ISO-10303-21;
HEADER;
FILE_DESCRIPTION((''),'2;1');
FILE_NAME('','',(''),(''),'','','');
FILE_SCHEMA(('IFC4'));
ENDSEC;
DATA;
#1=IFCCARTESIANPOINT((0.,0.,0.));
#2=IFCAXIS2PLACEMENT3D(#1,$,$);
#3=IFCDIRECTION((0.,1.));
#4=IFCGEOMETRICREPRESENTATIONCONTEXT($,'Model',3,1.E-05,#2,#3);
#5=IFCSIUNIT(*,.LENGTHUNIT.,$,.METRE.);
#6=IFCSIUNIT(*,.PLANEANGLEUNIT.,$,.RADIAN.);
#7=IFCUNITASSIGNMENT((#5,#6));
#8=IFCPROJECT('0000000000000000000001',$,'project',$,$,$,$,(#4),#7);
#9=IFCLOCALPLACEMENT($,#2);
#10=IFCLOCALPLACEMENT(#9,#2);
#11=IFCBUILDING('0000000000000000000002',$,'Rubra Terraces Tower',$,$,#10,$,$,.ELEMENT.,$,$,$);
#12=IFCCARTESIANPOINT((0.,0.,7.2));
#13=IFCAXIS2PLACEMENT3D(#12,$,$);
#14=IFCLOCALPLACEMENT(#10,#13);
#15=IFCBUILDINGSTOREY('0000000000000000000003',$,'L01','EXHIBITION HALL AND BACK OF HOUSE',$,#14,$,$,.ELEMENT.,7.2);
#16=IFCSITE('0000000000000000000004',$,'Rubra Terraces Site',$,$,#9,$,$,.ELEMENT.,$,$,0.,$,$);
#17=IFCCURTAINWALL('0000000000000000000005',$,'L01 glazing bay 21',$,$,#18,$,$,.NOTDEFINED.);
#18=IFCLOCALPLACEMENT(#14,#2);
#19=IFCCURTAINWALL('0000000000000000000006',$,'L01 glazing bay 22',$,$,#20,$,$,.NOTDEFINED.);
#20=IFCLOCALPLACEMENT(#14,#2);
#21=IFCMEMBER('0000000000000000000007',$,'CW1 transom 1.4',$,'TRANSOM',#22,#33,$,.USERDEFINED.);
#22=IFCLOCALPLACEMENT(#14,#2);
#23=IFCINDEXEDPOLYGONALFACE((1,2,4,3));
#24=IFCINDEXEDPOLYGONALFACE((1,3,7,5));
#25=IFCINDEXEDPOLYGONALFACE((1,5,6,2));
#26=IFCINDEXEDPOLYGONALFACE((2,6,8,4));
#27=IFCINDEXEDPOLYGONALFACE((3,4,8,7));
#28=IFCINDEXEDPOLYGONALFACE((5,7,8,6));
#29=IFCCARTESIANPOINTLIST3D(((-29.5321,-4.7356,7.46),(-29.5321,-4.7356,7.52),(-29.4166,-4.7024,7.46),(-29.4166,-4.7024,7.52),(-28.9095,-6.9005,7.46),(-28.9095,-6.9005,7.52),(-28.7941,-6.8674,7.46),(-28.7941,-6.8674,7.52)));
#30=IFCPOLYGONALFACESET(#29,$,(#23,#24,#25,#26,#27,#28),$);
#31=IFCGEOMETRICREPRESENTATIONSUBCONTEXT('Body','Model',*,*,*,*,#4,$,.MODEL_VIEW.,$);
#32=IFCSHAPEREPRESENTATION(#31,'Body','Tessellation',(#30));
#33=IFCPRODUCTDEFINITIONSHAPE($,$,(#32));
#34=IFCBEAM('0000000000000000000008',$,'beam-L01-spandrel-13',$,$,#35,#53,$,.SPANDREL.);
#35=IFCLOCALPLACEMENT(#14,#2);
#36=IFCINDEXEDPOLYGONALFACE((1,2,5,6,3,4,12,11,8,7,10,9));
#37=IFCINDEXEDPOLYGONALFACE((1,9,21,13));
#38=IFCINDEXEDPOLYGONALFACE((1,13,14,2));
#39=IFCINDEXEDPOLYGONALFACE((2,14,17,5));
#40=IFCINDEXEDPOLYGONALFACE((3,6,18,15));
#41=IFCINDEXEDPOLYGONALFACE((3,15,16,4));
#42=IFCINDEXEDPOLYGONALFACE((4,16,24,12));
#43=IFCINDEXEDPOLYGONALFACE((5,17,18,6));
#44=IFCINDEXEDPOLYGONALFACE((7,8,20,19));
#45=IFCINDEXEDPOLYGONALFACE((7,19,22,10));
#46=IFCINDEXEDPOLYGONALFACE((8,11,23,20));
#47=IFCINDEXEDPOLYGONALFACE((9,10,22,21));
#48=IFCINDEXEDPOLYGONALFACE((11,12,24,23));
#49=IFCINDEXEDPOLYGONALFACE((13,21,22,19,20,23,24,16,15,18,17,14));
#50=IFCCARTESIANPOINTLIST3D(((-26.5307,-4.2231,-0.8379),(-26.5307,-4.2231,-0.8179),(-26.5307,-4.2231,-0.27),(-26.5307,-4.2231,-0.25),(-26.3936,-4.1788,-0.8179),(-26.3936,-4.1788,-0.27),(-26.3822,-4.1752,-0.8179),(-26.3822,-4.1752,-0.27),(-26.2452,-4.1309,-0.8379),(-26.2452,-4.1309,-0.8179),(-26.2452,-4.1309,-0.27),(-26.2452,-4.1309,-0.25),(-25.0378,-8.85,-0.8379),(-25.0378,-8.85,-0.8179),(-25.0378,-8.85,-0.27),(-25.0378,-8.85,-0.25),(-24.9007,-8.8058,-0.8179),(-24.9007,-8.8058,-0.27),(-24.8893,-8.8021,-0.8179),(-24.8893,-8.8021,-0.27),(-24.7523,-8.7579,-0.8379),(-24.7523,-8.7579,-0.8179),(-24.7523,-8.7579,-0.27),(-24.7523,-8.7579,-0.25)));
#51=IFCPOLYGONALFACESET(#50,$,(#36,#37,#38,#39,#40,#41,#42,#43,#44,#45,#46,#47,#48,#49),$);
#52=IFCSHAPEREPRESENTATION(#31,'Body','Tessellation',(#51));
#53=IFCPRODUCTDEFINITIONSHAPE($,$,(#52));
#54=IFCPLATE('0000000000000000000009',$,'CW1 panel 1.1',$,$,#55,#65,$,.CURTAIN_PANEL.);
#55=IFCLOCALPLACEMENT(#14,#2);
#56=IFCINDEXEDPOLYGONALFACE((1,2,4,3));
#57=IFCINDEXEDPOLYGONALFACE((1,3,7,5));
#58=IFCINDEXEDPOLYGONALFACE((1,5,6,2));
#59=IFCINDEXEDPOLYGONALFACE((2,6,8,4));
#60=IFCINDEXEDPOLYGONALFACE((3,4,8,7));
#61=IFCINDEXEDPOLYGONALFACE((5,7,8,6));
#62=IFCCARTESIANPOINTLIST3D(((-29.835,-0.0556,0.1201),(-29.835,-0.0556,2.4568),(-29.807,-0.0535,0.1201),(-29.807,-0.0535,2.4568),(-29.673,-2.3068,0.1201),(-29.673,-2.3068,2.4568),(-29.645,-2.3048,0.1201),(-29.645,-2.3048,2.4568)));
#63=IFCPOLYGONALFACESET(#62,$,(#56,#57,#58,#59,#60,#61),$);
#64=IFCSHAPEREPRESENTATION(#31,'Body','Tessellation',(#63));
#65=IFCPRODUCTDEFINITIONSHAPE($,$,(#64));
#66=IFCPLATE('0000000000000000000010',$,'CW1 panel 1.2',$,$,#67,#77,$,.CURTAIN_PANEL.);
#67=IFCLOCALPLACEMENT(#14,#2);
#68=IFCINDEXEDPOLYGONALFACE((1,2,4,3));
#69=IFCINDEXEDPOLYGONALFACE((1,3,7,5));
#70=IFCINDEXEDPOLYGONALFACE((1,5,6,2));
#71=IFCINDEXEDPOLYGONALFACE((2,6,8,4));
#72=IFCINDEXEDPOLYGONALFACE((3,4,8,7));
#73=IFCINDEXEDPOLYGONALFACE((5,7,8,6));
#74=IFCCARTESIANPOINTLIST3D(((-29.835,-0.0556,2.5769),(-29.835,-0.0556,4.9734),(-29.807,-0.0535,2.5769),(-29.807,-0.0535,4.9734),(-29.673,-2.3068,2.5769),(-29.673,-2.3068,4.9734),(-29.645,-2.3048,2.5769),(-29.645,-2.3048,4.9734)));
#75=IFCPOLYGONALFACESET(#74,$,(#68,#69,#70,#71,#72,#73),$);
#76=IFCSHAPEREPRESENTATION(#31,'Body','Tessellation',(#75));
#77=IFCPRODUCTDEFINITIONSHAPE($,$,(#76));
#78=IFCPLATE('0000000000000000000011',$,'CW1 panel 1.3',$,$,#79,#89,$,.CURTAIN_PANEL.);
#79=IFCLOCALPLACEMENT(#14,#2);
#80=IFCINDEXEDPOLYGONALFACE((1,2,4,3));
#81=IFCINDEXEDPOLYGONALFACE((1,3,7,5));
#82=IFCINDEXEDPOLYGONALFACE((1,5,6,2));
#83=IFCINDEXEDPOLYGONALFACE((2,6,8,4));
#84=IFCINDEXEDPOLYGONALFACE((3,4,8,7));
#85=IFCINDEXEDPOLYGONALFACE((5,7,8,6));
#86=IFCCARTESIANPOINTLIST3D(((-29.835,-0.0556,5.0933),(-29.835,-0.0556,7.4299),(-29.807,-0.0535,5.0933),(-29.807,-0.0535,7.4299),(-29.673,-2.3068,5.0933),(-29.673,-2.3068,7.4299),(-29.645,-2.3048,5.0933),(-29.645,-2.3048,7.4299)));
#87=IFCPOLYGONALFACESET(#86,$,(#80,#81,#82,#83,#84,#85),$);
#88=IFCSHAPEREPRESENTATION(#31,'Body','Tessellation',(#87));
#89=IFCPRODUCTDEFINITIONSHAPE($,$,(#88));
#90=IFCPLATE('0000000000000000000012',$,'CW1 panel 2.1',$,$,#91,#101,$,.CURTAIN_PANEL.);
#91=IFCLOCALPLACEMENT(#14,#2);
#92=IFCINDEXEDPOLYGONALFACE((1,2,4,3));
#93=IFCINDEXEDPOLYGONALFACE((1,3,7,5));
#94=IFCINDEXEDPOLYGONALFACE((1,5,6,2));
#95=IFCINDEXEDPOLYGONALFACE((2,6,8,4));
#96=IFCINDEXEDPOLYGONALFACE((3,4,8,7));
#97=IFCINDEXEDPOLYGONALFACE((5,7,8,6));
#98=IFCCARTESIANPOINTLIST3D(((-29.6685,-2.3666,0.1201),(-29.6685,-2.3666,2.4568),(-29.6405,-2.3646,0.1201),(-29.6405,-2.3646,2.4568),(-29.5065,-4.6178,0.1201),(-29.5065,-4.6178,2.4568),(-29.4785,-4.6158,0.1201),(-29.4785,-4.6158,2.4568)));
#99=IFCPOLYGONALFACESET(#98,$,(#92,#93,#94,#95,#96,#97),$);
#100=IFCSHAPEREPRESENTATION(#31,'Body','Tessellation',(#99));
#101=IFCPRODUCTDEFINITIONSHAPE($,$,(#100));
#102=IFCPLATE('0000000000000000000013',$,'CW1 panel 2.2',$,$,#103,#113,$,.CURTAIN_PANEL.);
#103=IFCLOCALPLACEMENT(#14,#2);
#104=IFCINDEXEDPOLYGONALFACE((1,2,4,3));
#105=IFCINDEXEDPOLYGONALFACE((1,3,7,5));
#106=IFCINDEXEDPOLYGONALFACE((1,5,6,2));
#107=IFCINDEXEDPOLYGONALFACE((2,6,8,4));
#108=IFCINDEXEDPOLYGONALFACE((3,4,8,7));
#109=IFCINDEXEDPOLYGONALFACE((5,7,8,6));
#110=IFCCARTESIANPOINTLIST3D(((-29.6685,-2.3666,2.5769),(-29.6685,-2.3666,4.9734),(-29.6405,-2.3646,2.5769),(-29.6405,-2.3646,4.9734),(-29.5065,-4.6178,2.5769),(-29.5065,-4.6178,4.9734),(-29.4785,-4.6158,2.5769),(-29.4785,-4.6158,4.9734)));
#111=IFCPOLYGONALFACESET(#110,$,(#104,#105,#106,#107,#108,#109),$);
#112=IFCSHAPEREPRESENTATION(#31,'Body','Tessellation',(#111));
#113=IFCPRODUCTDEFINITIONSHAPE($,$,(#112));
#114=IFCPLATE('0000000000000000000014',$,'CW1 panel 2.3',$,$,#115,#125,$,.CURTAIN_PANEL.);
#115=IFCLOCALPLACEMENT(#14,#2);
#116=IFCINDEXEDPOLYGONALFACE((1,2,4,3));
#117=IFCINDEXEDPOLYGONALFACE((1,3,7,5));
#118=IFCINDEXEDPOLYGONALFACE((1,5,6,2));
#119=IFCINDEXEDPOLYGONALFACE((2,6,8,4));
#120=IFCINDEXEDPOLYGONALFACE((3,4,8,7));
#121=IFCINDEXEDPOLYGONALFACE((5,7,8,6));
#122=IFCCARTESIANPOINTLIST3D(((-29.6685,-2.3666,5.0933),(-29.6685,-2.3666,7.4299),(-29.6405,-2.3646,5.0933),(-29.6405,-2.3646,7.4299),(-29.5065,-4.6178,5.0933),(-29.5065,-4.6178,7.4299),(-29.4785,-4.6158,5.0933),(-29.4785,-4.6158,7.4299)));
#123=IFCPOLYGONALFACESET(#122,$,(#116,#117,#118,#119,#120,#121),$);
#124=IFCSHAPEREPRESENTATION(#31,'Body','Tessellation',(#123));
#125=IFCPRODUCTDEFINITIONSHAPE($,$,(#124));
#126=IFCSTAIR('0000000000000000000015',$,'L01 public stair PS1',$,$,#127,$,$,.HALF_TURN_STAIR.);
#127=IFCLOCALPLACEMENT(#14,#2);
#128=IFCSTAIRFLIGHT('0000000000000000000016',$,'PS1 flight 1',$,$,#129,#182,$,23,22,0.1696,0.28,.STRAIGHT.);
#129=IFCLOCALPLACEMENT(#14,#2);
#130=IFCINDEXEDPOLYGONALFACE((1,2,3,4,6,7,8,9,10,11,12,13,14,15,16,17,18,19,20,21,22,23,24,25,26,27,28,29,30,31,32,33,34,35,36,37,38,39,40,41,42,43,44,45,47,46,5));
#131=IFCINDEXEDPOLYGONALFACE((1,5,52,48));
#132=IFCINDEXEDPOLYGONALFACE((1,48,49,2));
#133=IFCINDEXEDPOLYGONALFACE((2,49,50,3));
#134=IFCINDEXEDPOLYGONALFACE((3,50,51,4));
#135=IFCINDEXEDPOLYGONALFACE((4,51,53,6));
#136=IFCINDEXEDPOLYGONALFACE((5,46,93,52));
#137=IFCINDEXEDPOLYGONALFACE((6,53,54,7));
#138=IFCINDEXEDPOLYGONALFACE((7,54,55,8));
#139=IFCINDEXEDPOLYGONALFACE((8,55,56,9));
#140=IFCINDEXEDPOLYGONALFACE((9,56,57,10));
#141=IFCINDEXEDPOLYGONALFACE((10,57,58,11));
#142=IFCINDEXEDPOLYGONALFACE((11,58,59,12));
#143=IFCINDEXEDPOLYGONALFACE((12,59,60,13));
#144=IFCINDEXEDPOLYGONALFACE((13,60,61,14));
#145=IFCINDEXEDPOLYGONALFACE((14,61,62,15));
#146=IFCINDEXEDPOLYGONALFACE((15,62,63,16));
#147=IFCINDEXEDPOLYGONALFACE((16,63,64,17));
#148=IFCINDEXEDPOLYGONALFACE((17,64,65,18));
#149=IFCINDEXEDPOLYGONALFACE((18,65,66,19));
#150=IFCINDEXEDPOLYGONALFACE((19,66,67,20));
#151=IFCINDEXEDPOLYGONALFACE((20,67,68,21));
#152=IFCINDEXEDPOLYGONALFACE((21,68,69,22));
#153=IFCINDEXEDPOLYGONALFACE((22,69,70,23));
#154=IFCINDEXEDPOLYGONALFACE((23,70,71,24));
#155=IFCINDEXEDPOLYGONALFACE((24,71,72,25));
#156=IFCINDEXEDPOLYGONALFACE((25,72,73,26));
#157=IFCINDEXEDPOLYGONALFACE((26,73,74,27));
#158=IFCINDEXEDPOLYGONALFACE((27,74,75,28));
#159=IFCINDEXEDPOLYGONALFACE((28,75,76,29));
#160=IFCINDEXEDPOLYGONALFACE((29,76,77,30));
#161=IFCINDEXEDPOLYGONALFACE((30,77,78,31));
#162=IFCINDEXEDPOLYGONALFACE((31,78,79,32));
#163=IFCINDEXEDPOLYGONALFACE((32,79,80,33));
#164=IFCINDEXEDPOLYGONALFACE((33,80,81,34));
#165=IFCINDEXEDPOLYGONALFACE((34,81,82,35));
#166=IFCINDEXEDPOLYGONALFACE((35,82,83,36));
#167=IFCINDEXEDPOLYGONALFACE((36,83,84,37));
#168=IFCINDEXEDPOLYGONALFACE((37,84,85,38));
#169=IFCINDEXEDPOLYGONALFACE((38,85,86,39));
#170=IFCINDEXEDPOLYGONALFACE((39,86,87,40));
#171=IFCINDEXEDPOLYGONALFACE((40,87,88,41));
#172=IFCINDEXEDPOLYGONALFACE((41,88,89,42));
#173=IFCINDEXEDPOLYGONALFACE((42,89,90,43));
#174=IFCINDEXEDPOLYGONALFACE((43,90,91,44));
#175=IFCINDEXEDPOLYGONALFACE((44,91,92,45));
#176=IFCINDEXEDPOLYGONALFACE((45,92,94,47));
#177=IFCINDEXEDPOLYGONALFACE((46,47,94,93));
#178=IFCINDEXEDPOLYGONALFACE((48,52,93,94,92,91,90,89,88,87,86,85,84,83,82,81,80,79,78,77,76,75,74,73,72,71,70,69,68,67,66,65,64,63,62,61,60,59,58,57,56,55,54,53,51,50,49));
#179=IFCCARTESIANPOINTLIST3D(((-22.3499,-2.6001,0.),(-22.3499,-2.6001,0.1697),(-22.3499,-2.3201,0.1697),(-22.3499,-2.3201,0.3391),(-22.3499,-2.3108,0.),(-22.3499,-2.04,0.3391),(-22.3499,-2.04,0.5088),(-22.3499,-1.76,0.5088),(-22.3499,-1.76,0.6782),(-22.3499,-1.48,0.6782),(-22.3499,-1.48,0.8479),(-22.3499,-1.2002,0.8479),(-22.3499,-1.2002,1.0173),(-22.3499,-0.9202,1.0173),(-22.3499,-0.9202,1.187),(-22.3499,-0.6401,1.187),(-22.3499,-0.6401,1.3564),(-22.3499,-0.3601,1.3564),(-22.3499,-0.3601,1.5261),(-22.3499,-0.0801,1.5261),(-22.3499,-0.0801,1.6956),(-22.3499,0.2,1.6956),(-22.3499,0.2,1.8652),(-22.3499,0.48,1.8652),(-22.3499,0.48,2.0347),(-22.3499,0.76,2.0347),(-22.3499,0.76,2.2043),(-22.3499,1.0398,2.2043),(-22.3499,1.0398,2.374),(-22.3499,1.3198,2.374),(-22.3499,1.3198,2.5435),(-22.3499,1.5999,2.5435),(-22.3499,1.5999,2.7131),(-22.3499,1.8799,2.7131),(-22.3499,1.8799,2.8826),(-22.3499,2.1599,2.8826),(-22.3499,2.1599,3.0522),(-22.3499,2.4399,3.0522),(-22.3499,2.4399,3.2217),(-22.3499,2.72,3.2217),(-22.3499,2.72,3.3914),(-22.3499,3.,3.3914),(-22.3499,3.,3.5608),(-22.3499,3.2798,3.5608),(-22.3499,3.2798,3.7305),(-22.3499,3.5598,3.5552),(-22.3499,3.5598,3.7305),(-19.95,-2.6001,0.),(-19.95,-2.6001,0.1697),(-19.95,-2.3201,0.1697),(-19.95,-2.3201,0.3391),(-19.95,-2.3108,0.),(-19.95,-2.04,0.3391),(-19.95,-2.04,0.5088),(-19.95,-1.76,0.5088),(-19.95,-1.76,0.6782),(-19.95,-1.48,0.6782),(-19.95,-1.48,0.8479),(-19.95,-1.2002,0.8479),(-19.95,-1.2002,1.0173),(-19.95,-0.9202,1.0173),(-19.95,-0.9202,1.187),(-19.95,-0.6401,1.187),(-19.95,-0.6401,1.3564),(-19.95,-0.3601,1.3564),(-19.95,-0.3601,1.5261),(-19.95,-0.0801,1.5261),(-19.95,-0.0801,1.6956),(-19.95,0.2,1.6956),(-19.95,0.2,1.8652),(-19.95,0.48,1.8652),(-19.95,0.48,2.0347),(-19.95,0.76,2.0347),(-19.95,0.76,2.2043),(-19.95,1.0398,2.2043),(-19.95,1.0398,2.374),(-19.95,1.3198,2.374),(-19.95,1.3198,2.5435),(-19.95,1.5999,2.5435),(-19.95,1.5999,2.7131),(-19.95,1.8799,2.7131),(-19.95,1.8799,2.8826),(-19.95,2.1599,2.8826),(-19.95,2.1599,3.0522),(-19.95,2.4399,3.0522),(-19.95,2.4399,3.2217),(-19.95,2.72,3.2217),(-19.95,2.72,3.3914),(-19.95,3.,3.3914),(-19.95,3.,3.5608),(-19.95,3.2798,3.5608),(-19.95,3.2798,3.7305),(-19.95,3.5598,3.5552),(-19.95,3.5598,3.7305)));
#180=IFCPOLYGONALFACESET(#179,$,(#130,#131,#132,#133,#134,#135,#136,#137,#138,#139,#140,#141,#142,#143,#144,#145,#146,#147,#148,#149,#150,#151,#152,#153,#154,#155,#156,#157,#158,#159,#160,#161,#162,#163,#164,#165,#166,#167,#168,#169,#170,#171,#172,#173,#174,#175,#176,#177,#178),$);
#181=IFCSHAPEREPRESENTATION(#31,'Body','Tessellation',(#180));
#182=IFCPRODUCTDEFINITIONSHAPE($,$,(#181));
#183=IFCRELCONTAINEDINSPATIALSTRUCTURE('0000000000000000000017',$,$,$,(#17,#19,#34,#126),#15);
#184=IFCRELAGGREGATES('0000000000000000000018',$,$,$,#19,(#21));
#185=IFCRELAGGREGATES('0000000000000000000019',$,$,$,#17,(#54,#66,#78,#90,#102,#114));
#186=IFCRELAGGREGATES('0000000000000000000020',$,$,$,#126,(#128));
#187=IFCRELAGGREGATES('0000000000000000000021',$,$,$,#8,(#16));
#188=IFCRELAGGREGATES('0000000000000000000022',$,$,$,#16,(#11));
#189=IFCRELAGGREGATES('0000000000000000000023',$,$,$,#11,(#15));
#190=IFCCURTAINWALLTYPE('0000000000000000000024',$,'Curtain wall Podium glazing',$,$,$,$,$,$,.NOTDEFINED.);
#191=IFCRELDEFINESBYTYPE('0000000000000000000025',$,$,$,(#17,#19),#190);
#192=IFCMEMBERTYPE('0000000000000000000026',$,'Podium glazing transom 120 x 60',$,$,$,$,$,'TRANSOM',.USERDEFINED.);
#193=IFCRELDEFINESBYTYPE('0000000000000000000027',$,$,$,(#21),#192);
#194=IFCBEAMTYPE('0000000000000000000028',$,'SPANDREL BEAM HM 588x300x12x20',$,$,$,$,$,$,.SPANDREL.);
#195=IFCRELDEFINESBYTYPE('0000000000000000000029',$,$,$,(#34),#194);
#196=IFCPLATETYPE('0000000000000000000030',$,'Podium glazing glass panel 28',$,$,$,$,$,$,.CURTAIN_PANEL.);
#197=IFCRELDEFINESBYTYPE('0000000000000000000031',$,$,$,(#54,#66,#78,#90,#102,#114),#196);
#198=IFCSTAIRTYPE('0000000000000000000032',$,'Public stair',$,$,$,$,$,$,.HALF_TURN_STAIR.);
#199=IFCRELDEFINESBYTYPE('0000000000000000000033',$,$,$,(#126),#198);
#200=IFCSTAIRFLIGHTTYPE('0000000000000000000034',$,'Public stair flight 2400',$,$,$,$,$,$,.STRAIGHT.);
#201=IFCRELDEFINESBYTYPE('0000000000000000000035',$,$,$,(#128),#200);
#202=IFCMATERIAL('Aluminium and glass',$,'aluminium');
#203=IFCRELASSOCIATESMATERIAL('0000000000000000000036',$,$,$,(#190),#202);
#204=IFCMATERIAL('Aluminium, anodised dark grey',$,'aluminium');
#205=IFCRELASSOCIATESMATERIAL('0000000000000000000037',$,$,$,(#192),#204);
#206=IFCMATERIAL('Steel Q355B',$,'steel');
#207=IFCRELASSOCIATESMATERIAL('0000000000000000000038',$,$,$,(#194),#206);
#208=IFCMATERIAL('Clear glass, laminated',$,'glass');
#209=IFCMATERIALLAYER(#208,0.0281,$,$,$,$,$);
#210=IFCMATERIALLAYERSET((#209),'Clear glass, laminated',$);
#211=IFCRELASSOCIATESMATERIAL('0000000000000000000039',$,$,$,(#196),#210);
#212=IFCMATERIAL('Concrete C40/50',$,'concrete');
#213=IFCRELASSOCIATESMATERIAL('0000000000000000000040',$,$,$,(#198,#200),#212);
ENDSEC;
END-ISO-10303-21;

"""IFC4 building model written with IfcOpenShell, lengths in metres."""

from ifc_helpers import new_model, si_unit, direction, frame, origin, origin_2d, place, context, subcontext, project, spatial, polyline, rectangle, i_section, outline, extrude, material, layer, layer_set, material_profile, profile_set, type_object, element, aggregate, save


model = new_model("IFC4")

# Units and contexts
model_context = context("Model", 3, precision=1e-05, world=origin(), true_north=direction((0.0, 1.0)))
body_context = subcontext(model_context, "Body", "Model", "MODEL_VIEW")
ifc_project = project(units=[si_unit("LENGTHUNIT", "METRE"), si_unit("PLANEANGLEUNIT", "RADIAN")], contexts=[model_context])

# Site, building, storey
site_placement = place(None, origin())
site = spatial("IfcSite", under=ifc_project, at=site_placement, Name="Rubra Terraces Site", CompositionType="ELEMENT", RefElevation=0.0)
building_placement = place(site_placement, origin())
building = spatial("IfcBuilding", under=site, at=building_placement, Name="Rubra Terraces Tower", CompositionType="ELEMENT")
storey_placement = place(building_placement, frame((0.0, 0.0, 7.2)))
storey = spatial("IfcBuildingStorey", under=building, at=storey_placement, Name="L01", Description="EXHIBITION HALL AND BACK OF HOUSE", CompositionType="ELEMENT", Elevation=7.2)

# Shared definitions
ifc_material_1 = material(Name="Steel Q355B", Category="steel")

# Curtain walls
ifc_material_2 = material(Name="Aluminium and glass", Category="aluminium")
curtain_wall_type = type_object("IfcCurtainWallType", Name="Curtain wall Podium glazing", PredefinedType="NOTDEFINED", material=ifc_material_2)
curtain_wall_1_placement = place(storey_placement, origin())
curtain_wall_1 = element("IfcCurtainWall", 1, at=curtain_wall_1_placement, inside=storey, type_object=curtain_wall_type, Name="L01 glazing bay 21", PredefinedType="NOTDEFINED")
ifc_material_3 = material(Name="Aluminium, anodised dark grey", Category="aluminium")
curtain_wall_2_placement = place(storey_placement, origin())
curtain_wall_2 = element("IfcCurtainWall", 2, at=curtain_wall_2_placement, inside=storey, type_object=curtain_wall_type, Name="L01 glazing bay 22", PredefinedType="NOTDEFINED")

# Member
ifc_material_profile_1 = material_profile(ifc_material_3, rectangle(XDim=0.1201, YDim=0.0601, at=origin_2d()), Name="AL 120x60")
ifc_profile_set_1 = profile_set([ifc_material_profile_1], Name="Aluminium, anodised dark grey")
member_type_1 = type_object("IfcMemberType", Name="Podium glazing transom 120 x 60", ElementType="TRANSOM", PredefinedType="USERDEFINED", material=ifc_profile_set_1)
member_1_placement = place(storey_placement, frame((-29.4744, -4.719, 7.49), z_axis=(0.276352, -0.961056, 0.0), x_axis=(0.961056, 0.276352, 0.0)))
member_1 = element("IfcMember", 3, at=member_1_placement, type_object=member_type_1, Name="CW1 transom 1.4", ObjectType="TRANSOM", PredefinedType="USERDEFINED", context=body_context, shape_type="SweptSolid", body=[
    extrude(rectangle(XDim=0.1201, YDim=0.0601, at=origin_2d()), origin(), (0.0, 0.0, 1.0), 2.2527),
])
aggregate(curtain_wall_2, [member_1])

# Beam
ifc_material_profile_2 = material_profile(ifc_material_1, i_section(OverallWidth=0.3, OverallDepth=0.5879, WebThickness=0.012, FlangeThickness=0.02, at=origin_2d()), Name="HM 588x300x12x20")
ifc_profile_set_2 = profile_set([ifc_material_profile_2], Name="Steel Q355B")
beam_type_1 = type_object("IfcBeamType", Name="SPANDREL BEAM HM 588x300x12x20", PredefinedType="SPANDREL", material=ifc_profile_set_2)
beam_1_placement = place(storey_placement, frame((-26.3879, -4.177, -0.5439), z_axis=(0.307069, -0.951687, 0.0), x_axis=(0.951687, 0.307069, 0.0)))
element("IfcBeam", 4, at=beam_1_placement, inside=storey, type_object=beam_type_1, Name="beam-L01-spandrel-13", PredefinedType="SPANDREL", context=body_context, shape_type="SweptSolid", body=[
    extrude(i_section(OverallWidth=0.3, OverallDepth=0.5879, WebThickness=0.012, FlangeThickness=0.02, at=origin_2d()), origin(), (0.0, 0.0, 1.0), 4.8618),
])

# Plates
ifc_material_4 = material(Name="Clear glass, laminated", Category="glass")
ifc_layer = layer(ifc_material_4, 0.0281)
ifc_layer_set = layer_set([ifc_layer], Name="Clear glass, laminated")
plate_type = type_object("IfcPlateType", Name="Podium glazing glass panel 28", PredefinedType="CURTAIN_PANEL", material=ifc_layer_set)
plate_1_placement = place(storey_placement, frame((-29.74, -1.1802, 0.1201), z_axis=(0.0, 0.0, 1.0), x_axis=(0.071792, -0.99742, 0.0)))
plate_1 = element("IfcPlate", 5, at=plate_1_placement, type_object=plate_type, Name="CW1 panel 1.1", PredefinedType="CURTAIN_PANEL", context=body_context, shape_type="SweptSolid", body=[
    extrude(rectangle(XDim=2.2571, YDim=0.0281, at=origin_2d()), origin(), (0.0, 0.0, 1.0), 2.3367),
])
plate_2_placement = place(storey_placement, frame((-29.74, -1.1802, 2.5769), z_axis=(0.0, 0.0, 1.0), x_axis=(0.071792, -0.99742, 0.0)))
plate_2 = element("IfcPlate", 6, at=plate_2_placement, type_object=plate_type, Name="CW1 panel 1.2", PredefinedType="CURTAIN_PANEL", context=body_context, shape_type="SweptSolid", body=[
    extrude(rectangle(XDim=2.2571, YDim=0.0281, at=origin_2d()), origin(), (0.0, 0.0, 1.0), 2.3965),
])
plate_3_placement = place(storey_placement, frame((-29.74, -1.1802, 5.0933), z_axis=(0.0, 0.0, 1.0), x_axis=(0.071792, -0.99742, 0.0)))
plate_3 = element("IfcPlate", 7, at=plate_3_placement, type_object=plate_type, Name="CW1 panel 1.3", PredefinedType="CURTAIN_PANEL", context=body_context, shape_type="SweptSolid", body=[
    extrude(rectangle(XDim=2.2571, YDim=0.0281, at=origin_2d()), origin(), (0.0, 0.0, 1.0), 2.3367),
])
plate_4_placement = place(storey_placement, frame((-29.5735, -3.4912, 0.1201), z_axis=(0.0, 0.0, 1.0), x_axis=(0.071792, -0.99742, 0.0)))
plate_4 = element("IfcPlate", 8, at=plate_4_placement, type_object=plate_type, Name="CW1 panel 2.1", PredefinedType="CURTAIN_PANEL", context=body_context, shape_type="SweptSolid", body=[
    extrude(rectangle(XDim=2.2571, YDim=0.0281, at=origin_2d()), origin(), (0.0, 0.0, 1.0), 2.3367),
])
plate_5_placement = place(storey_placement, frame((-29.5735, -3.4912, 2.5769), z_axis=(0.0, 0.0, 1.0), x_axis=(0.071792, -0.99742, 0.0)))
plate_5 = element("IfcPlate", 9, at=plate_5_placement, type_object=plate_type, Name="CW1 panel 2.2", PredefinedType="CURTAIN_PANEL", context=body_context, shape_type="SweptSolid", body=[
    extrude(rectangle(XDim=2.2571, YDim=0.0281, at=origin_2d()), origin(), (0.0, 0.0, 1.0), 2.3965),
])
plate_6_placement = place(storey_placement, frame((-29.5735, -3.4912, 5.0933), z_axis=(0.0, 0.0, 1.0), x_axis=(0.071792, -0.99742, 0.0)))
plate_6 = element("IfcPlate", 10, at=plate_6_placement, type_object=plate_type, Name="CW1 panel 2.3", PredefinedType="CURTAIN_PANEL", context=body_context, shape_type="SweptSolid", body=[
    extrude(rectangle(XDim=2.2571, YDim=0.0281, at=origin_2d()), origin(), (0.0, 0.0, 1.0), 2.3367),
])
aggregate(curtain_wall_1, [plate_1, plate_2, plate_3, plate_4, plate_5, plate_6])

# Stair, stair flight
ifc_material_5 = material(Name="Concrete C40/50", Category="concrete")
stair_type = type_object("IfcStairType", Name="Public stair", PredefinedType="HALF_TURN_STAIR", material=ifc_material_5)
stair_placement = place(storey_placement, origin())
stair = element("IfcStair", 11, at=stair_placement, inside=storey, type_object=stair_type, Name="L01 public stair PS1", PredefinedType="HALF_TURN_STAIR")
stair_flight_type = type_object("IfcStairFlightType", Name="Public stair flight 2400", PredefinedType="STRAIGHT", material=ifc_material_5)
stair_flight_placement = place(storey_placement, frame((-21.1499, -2.6001, 0.0), z_axis=(0.0, 0.0, 1.0), x_axis=(0.0, 1.0, 0.0)))
stair_flight = element("IfcStairFlight", 12, at=stair_flight_placement, type_object=stair_flight_type, Name="PS1 flight 1", NumberOfRisers=23, NumberOfTreads=22, PredefinedType="STRAIGHT", RiserHeight=0.1696, TreadLength=0.28, context=body_context, shape_type="SweptSolid", body=[
    extrude(outline(polyline([(0.0, 0.0), (0.0, 0.1697), (0.28, 0.1697), (0.28, 0.3391), (0.5601, 0.3391), (0.5601, 0.5088), (0.8401, 0.5088), (0.8401, 0.6782), (1.1201, 0.6782), (1.1201, 0.8479), (1.3999, 0.8479), (1.3999, 1.0173), (1.6799, 1.0173), (1.6799, 1.187), (1.96, 1.187), (1.96, 1.3564), (2.24, 1.3564), (2.24, 1.5261), (2.52, 1.5261), (2.52, 1.6956), (2.8, 1.6956), (2.8, 1.8652), (3.0801, 1.8652), (3.0801, 2.0347), (3.3601, 2.0347), (3.3601, 2.2043), (3.6399, 2.2043), (3.6399, 2.374), (3.9199, 2.374), (3.9199, 2.5435), (4.2, 2.5435), (4.2, 2.7131), (4.48, 2.7131), (4.48, 2.8826), (4.76, 2.8826), (4.76, 3.0522), (5.04, 3.0522), (5.04, 3.2217), (5.3201, 3.2217), (5.3201, 3.3914), (5.6001, 3.3914), (5.6001, 3.5608), (5.8799, 3.5608), (5.8799, 3.7305), (6.1599, 3.7305), (6.1599, 3.8999), (6.1599, 3.5552), (0.2893, 0.0), (0.0, 0.0)])), frame((0.0, 1.2, 0.0), z_axis=(0.0, -1.0, 0.0), x_axis=(1.0, 0.0, 0.0)), (0.0, 0.0, 1.0), 2.3999),
])
aggregate(stair, [stair_flight])

save(model, "model.ifc")
